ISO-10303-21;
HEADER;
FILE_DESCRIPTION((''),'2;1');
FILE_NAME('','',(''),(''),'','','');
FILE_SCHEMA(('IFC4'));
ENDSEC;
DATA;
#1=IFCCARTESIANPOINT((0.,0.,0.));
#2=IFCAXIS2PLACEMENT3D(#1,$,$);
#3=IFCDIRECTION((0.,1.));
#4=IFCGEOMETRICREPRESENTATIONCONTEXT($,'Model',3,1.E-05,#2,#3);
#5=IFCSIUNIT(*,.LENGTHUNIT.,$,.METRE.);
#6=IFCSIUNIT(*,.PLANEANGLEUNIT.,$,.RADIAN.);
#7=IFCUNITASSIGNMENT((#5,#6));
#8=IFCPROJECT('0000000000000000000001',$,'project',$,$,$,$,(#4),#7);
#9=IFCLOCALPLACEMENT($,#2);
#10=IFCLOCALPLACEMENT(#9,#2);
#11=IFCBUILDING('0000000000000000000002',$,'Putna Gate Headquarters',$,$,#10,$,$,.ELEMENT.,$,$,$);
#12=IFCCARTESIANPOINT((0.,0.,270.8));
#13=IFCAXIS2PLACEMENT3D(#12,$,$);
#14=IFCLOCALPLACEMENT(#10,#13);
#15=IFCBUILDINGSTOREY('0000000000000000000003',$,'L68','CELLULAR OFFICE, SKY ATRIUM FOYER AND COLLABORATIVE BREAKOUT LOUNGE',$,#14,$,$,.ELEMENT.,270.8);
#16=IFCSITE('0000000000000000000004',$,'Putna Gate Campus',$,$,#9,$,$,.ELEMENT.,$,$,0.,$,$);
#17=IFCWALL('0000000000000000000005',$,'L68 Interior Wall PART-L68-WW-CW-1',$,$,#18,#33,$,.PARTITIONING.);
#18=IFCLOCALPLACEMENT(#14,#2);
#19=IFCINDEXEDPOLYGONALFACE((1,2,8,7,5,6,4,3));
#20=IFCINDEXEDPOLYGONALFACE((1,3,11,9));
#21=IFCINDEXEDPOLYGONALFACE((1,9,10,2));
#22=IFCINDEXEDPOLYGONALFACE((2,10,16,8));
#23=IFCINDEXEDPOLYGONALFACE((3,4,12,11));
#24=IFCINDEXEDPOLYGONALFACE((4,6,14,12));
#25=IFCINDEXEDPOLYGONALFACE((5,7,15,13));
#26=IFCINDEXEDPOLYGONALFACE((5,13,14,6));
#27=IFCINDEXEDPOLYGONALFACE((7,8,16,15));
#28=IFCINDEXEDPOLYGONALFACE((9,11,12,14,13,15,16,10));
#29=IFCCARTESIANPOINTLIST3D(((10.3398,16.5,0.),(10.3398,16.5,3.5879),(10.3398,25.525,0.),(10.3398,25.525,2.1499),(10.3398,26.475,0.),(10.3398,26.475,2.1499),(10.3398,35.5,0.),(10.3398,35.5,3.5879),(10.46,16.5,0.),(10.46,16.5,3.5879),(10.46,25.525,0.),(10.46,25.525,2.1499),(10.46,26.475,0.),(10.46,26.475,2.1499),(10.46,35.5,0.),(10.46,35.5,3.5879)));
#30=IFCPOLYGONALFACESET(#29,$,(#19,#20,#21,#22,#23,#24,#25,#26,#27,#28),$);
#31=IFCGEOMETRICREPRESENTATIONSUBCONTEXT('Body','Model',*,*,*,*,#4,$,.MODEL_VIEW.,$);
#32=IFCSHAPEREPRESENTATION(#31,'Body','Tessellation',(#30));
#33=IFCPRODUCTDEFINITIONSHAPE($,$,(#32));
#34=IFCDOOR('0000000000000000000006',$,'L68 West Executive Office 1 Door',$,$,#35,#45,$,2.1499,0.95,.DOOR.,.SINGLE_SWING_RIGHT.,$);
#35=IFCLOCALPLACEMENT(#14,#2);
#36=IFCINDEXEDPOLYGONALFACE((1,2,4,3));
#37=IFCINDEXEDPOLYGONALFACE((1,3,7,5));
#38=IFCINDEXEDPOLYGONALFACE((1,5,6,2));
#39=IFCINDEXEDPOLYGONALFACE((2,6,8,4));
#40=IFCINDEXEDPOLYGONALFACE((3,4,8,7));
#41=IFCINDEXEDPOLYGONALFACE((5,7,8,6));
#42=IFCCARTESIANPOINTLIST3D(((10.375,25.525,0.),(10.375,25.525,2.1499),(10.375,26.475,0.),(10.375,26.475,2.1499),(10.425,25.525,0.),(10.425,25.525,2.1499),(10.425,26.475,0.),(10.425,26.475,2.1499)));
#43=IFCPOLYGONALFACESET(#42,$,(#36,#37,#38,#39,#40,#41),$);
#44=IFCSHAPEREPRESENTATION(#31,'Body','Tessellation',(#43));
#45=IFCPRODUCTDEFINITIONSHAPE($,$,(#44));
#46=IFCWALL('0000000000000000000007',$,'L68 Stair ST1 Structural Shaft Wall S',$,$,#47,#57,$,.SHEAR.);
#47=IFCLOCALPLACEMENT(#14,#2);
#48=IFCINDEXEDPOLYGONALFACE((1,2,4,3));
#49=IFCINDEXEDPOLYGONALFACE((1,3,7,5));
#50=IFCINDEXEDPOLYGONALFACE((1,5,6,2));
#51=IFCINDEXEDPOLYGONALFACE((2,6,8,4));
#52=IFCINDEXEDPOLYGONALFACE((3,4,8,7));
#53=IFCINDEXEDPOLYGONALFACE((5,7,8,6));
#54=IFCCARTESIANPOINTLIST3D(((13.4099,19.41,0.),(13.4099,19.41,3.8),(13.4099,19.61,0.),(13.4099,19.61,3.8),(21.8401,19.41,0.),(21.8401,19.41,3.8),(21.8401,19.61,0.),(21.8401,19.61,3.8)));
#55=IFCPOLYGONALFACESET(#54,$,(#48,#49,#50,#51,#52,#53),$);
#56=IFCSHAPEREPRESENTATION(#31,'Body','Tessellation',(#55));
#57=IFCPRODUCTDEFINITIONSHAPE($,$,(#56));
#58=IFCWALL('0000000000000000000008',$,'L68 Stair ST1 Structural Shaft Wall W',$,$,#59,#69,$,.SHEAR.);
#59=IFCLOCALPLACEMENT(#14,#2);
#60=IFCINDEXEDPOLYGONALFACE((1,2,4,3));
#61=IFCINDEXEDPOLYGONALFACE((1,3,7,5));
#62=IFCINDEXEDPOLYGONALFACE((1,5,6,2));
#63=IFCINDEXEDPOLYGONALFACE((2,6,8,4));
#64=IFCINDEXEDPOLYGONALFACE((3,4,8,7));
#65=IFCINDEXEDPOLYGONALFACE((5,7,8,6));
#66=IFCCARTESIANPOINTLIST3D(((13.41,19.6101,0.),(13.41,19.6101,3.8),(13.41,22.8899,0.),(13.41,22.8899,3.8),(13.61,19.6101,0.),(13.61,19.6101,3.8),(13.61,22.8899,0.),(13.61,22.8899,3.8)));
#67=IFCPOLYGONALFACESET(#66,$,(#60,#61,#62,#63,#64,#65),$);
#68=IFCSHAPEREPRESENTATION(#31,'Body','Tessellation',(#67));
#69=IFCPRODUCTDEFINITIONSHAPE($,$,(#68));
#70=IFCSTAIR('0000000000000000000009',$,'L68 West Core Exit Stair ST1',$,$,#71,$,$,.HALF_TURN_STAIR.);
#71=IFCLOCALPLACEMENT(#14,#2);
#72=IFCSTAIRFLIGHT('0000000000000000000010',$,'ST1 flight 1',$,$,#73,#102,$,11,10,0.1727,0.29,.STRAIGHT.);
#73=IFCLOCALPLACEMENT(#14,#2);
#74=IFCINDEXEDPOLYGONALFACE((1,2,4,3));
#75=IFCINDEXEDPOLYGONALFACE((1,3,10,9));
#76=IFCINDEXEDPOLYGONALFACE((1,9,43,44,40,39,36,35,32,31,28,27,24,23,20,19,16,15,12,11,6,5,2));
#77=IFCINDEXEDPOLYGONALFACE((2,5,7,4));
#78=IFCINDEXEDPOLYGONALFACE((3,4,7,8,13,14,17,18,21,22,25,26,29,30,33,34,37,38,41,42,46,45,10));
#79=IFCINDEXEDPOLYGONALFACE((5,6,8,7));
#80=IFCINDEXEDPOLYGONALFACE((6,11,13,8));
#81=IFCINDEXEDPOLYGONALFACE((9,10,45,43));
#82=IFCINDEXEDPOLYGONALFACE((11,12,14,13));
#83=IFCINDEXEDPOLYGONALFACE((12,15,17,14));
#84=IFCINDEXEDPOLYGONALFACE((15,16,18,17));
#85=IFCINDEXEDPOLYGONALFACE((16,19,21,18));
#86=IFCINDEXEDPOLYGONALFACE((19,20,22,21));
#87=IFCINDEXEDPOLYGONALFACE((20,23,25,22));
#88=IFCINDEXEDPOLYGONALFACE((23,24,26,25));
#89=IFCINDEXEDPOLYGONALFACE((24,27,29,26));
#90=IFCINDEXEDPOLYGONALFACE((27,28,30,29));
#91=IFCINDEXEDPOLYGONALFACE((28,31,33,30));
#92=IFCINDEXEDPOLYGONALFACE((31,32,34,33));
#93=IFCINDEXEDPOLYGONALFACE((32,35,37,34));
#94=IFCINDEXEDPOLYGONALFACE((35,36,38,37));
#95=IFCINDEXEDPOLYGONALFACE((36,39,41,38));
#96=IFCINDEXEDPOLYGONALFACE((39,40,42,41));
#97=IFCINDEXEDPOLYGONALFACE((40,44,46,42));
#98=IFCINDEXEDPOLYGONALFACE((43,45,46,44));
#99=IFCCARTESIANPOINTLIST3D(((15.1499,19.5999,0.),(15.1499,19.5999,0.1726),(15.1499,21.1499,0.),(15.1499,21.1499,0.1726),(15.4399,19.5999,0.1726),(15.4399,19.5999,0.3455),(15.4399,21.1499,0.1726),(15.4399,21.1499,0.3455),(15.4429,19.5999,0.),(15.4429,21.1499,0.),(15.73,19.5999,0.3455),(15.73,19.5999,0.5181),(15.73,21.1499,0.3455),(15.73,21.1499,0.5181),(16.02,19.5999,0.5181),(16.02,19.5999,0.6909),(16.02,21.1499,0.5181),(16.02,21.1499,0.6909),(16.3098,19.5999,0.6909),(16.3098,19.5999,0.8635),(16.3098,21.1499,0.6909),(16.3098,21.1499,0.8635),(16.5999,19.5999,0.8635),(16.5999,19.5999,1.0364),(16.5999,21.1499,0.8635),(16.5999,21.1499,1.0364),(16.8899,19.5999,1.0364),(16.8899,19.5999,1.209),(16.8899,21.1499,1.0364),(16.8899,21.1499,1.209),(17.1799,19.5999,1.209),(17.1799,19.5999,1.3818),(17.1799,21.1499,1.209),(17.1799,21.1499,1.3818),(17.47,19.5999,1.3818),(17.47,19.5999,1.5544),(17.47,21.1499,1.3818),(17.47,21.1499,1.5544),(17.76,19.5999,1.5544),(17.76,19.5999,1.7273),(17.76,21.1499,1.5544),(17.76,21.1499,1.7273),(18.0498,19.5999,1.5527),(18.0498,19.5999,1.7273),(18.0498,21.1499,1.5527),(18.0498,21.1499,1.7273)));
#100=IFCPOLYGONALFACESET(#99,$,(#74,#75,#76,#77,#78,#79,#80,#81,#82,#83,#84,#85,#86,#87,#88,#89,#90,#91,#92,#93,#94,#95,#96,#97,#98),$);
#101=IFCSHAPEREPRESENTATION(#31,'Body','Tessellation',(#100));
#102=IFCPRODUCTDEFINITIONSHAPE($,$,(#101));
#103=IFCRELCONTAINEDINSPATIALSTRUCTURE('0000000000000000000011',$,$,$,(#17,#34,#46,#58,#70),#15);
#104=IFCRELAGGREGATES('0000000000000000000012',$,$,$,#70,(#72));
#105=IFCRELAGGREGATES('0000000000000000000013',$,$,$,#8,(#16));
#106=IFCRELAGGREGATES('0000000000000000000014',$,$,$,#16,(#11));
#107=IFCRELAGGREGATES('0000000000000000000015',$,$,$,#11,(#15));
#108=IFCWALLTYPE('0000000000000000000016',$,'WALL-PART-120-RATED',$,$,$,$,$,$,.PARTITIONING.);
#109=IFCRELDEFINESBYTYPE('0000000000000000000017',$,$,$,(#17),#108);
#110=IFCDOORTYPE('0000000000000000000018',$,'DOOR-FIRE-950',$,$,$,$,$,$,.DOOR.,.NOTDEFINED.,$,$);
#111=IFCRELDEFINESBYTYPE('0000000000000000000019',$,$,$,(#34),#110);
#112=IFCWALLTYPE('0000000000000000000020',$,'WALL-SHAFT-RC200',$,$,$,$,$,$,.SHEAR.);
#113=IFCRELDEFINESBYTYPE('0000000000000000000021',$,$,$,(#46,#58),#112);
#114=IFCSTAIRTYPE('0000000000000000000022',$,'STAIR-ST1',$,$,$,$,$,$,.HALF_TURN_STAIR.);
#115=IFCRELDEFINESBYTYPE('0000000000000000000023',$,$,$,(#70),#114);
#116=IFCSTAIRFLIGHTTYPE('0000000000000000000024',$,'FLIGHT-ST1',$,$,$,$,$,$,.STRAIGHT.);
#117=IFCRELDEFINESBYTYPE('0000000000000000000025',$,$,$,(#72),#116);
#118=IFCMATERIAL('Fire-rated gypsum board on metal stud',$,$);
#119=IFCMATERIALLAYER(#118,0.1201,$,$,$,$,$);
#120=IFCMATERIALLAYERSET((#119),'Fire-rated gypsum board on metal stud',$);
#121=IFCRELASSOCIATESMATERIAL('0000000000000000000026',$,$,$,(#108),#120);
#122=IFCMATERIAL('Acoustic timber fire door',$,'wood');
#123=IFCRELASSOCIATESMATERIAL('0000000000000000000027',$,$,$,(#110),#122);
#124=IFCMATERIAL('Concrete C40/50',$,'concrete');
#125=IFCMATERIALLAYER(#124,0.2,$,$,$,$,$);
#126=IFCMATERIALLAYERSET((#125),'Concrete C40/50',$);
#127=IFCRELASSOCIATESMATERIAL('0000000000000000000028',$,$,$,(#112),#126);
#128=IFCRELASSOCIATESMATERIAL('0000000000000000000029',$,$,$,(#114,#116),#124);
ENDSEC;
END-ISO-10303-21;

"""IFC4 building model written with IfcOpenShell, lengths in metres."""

from ifc_helpers import new_model, si_unit, direction, frame, frame_2d, origin, place, context, subcontext, project, spatial, polyline, rectangle, outline, extrude, material, layer, layer_set, type_object, element, fill, aggregate, save


model = new_model("IFC4")

# Units and contexts
model_context = context("Model", 3, precision=1e-05, world=origin(), true_north=direction((0.0, 1.0)))
body_context = subcontext(model_context, "Body", "Model", "MODEL_VIEW")
ifc_project = project(units=[si_unit("LENGTHUNIT", "METRE"), si_unit("PLANEANGLEUNIT", "RADIAN")], contexts=[model_context])

# Site, building, storey
site_placement = place(None, origin())
site = spatial("IfcSite", under=ifc_project, at=site_placement, Name="Putna Gate Campus", CompositionType="ELEMENT", RefElevation=0.0)
building_placement = place(site_placement, origin())
building = spatial("IfcBuilding", under=site, at=building_placement, Name="Putna Gate Headquarters", CompositionType="ELEMENT")
storey_placement = place(building_placement, frame((0.0, 0.0, 270.8)))
storey = spatial("IfcBuildingStorey", under=building, at=storey_placement, Name="L68", Description="CELLULAR OFFICE, SKY ATRIUM FOYER AND COLLABORATIVE BREAKOUT LOUNGE", CompositionType="ELEMENT", Elevation=270.8)

# Shared definitions
ifc_material_1 = material(Name="Fire-rated gypsum board on metal stud")
ifc_layer_1 = layer(ifc_material_1, 0.1201)
ifc_layer_set_1 = layer_set([ifc_layer_1], Name="Fire-rated gypsum board on metal stud")
wall_type_1 = type_object("IfcWallType", Name="WALL-PART-120-RATED", PredefinedType="PARTITIONING", material=ifc_layer_set_1)
ifc_material_2 = material(Name="Acoustic timber fire door", Category="wood")
door_type_1 = type_object("IfcDoorType", Name="DOOR-FIRE-950", OperationType="NOTDEFINED", PredefinedType="DOOR", material=ifc_material_2)

# Wall, opening, door
wall_1_placement = place(storey_placement, frame((10.3999, 16.5, 0.0), z_axis=(0.0, 0.0, 1.0), x_axis=(0.0, 1.0, 0.0)))
wall_1 = element("IfcWall", 1, at=wall_1_placement, inside=storey, type_object=wall_type_1, Name="L68 Interior Wall PART-L68-WW-CW-1", PredefinedType="PARTITIONING", context=body_context, shape_type="SweptSolid", body=[
    extrude(rectangle(XDim=19.0, YDim=0.1201, at=frame_2d((9.5, 0.0))), origin(), (0.0, 0.0, 1.0), 3.5879),
])
opening_1_placement = place(wall_1_placement, frame((9.0249, 0.0, 0.0)))
opening_1 = element("IfcOpeningElement", 2, at=opening_1_placement, cuts=wall_1, PredefinedType="OPENING", context=body_context, shape_type="SweptSolid", body=[
    extrude(rectangle(XDim=0.95, YDim=2.1499, at=frame_2d((0.4751, 1.075))), frame((0.0, 0.0701, 0.0), z_axis=(0.0, -1.0, 0.0), x_axis=(1.0, 0.0, 0.0)), (0.0, 0.0, 1.0), 0.1401),
])
door_1_placement = place(opening_1_placement, origin())
door_1 = element("IfcDoor", 3, at=door_1_placement, inside=storey, type_object=door_type_1, Name="L68 West Executive Office 1 Door", OperationType="SINGLE_SWING_RIGHT", OverallHeight=2.1499, OverallWidth=0.95, PredefinedType="DOOR", context=body_context, shape_type="SweptSolid", body=[
    extrude(rectangle(XDim=0.95, YDim=2.1499, at=frame_2d((0.4751, 1.075))), frame((0.0, 0.0249, 0.0), z_axis=(0.0, -1.0, 0.0), x_axis=(1.0, 0.0, 0.0)), (0.0, 0.0, 1.0), 0.05),
])
fill(opening_1, door_1)

# Walls
ifc_material_3 = material(Name="Concrete C40/50", Category="concrete")
ifc_layer_2 = layer(ifc_material_3, 0.2)
ifc_layer_set_2 = layer_set([ifc_layer_2], Name="Concrete C40/50")
wall_type_2 = type_object("IfcWallType", Name="WALL-SHAFT-RC200", PredefinedType="SHEAR", material=ifc_layer_set_2)
wall_2_placement = place(storey_placement, frame((13.4099, 19.51, 0.0), z_axis=(0.0, 0.0, 1.0), x_axis=(1.0, 0.0, 0.0)))
element("IfcWall", 4, at=wall_2_placement, inside=storey, type_object=wall_type_2, Name="L68 Stair ST1 Structural Shaft Wall S", PredefinedType="SHEAR", context=body_context, shape_type="SweptSolid", body=[
    extrude(rectangle(XDim=8.4302, YDim=0.2, at=frame_2d((4.2151, 0.0))), origin(), (0.0, 0.0, 1.0), 3.8),
])
wall_3_placement = place(storey_placement, frame((13.51, 19.6101, 0.0), z_axis=(0.0, 0.0, 1.0), x_axis=(0.0, 1.0, 0.0)))
element("IfcWall", 5, at=wall_3_placement, inside=storey, type_object=wall_type_2, Name="L68 Stair ST1 Structural Shaft Wall W", PredefinedType="SHEAR", context=body_context, shape_type="SweptSolid", body=[
    extrude(rectangle(XDim=3.2798, YDim=0.2, at=frame_2d((1.6399, 0.0))), origin(), (0.0, 0.0, 1.0), 3.8),
])

# Stair, stair flight
stair_type = type_object("IfcStairType", Name="STAIR-ST1", PredefinedType="HALF_TURN_STAIR", material=ifc_material_3)
stair_placement = place(storey_placement, origin())
stair = element("IfcStair", 6, at=stair_placement, inside=storey, type_object=stair_type, Name="L68 West Core Exit Stair ST1", PredefinedType="HALF_TURN_STAIR")
stair_flight_type = type_object("IfcStairFlightType", Name="FLIGHT-ST1", PredefinedType="STRAIGHT", material=ifc_material_3)
stair_flight_placement = place(storey_placement, frame((15.1499, 20.375, 0.0), z_axis=(0.0, 0.0, 1.0), x_axis=(1.0, 0.0, 0.0)))
stair_flight = element("IfcStairFlight", 7, at=stair_flight_placement, type_object=stair_flight_type, Name="ST1 flight 1", NumberOfRisers=11, NumberOfTreads=10, PredefinedType="STRAIGHT", RiserHeight=0.1727, TreadLength=0.29, context=body_context, shape_type="SweptSolid", body=[
    extrude(outline(polyline([(0.0, 0.0), (0.0, 0.1726), (0.29, 0.1726), (0.29, 0.3455), (0.5801, 0.3455), (0.5801, 0.5181), (0.8701, 0.5181), (0.8701, 0.6909), (1.1599, 0.6909), (1.1599, 0.8635), (1.45, 0.8635), (1.45, 1.0364), (1.74, 1.0364), (1.74, 1.209), (2.03, 1.209), (2.03, 1.3818), (2.3201, 1.3818), (2.3201, 1.5544), (2.6101, 1.5544), (2.6101, 1.7273), (2.8999, 1.7273), (2.8999, 1.8999), (2.8999, 1.5527), (0.293, 0.0), (0.0, 0.0)])), frame((0.0, 0.7749, 0.0), z_axis=(0.0, -1.0, 0.0), x_axis=(1.0, 0.0, 0.0)), (0.0, 0.0, 1.0), 1.55),
])
aggregate(stair, [stair_flight])

save(model, "model.ifc")
